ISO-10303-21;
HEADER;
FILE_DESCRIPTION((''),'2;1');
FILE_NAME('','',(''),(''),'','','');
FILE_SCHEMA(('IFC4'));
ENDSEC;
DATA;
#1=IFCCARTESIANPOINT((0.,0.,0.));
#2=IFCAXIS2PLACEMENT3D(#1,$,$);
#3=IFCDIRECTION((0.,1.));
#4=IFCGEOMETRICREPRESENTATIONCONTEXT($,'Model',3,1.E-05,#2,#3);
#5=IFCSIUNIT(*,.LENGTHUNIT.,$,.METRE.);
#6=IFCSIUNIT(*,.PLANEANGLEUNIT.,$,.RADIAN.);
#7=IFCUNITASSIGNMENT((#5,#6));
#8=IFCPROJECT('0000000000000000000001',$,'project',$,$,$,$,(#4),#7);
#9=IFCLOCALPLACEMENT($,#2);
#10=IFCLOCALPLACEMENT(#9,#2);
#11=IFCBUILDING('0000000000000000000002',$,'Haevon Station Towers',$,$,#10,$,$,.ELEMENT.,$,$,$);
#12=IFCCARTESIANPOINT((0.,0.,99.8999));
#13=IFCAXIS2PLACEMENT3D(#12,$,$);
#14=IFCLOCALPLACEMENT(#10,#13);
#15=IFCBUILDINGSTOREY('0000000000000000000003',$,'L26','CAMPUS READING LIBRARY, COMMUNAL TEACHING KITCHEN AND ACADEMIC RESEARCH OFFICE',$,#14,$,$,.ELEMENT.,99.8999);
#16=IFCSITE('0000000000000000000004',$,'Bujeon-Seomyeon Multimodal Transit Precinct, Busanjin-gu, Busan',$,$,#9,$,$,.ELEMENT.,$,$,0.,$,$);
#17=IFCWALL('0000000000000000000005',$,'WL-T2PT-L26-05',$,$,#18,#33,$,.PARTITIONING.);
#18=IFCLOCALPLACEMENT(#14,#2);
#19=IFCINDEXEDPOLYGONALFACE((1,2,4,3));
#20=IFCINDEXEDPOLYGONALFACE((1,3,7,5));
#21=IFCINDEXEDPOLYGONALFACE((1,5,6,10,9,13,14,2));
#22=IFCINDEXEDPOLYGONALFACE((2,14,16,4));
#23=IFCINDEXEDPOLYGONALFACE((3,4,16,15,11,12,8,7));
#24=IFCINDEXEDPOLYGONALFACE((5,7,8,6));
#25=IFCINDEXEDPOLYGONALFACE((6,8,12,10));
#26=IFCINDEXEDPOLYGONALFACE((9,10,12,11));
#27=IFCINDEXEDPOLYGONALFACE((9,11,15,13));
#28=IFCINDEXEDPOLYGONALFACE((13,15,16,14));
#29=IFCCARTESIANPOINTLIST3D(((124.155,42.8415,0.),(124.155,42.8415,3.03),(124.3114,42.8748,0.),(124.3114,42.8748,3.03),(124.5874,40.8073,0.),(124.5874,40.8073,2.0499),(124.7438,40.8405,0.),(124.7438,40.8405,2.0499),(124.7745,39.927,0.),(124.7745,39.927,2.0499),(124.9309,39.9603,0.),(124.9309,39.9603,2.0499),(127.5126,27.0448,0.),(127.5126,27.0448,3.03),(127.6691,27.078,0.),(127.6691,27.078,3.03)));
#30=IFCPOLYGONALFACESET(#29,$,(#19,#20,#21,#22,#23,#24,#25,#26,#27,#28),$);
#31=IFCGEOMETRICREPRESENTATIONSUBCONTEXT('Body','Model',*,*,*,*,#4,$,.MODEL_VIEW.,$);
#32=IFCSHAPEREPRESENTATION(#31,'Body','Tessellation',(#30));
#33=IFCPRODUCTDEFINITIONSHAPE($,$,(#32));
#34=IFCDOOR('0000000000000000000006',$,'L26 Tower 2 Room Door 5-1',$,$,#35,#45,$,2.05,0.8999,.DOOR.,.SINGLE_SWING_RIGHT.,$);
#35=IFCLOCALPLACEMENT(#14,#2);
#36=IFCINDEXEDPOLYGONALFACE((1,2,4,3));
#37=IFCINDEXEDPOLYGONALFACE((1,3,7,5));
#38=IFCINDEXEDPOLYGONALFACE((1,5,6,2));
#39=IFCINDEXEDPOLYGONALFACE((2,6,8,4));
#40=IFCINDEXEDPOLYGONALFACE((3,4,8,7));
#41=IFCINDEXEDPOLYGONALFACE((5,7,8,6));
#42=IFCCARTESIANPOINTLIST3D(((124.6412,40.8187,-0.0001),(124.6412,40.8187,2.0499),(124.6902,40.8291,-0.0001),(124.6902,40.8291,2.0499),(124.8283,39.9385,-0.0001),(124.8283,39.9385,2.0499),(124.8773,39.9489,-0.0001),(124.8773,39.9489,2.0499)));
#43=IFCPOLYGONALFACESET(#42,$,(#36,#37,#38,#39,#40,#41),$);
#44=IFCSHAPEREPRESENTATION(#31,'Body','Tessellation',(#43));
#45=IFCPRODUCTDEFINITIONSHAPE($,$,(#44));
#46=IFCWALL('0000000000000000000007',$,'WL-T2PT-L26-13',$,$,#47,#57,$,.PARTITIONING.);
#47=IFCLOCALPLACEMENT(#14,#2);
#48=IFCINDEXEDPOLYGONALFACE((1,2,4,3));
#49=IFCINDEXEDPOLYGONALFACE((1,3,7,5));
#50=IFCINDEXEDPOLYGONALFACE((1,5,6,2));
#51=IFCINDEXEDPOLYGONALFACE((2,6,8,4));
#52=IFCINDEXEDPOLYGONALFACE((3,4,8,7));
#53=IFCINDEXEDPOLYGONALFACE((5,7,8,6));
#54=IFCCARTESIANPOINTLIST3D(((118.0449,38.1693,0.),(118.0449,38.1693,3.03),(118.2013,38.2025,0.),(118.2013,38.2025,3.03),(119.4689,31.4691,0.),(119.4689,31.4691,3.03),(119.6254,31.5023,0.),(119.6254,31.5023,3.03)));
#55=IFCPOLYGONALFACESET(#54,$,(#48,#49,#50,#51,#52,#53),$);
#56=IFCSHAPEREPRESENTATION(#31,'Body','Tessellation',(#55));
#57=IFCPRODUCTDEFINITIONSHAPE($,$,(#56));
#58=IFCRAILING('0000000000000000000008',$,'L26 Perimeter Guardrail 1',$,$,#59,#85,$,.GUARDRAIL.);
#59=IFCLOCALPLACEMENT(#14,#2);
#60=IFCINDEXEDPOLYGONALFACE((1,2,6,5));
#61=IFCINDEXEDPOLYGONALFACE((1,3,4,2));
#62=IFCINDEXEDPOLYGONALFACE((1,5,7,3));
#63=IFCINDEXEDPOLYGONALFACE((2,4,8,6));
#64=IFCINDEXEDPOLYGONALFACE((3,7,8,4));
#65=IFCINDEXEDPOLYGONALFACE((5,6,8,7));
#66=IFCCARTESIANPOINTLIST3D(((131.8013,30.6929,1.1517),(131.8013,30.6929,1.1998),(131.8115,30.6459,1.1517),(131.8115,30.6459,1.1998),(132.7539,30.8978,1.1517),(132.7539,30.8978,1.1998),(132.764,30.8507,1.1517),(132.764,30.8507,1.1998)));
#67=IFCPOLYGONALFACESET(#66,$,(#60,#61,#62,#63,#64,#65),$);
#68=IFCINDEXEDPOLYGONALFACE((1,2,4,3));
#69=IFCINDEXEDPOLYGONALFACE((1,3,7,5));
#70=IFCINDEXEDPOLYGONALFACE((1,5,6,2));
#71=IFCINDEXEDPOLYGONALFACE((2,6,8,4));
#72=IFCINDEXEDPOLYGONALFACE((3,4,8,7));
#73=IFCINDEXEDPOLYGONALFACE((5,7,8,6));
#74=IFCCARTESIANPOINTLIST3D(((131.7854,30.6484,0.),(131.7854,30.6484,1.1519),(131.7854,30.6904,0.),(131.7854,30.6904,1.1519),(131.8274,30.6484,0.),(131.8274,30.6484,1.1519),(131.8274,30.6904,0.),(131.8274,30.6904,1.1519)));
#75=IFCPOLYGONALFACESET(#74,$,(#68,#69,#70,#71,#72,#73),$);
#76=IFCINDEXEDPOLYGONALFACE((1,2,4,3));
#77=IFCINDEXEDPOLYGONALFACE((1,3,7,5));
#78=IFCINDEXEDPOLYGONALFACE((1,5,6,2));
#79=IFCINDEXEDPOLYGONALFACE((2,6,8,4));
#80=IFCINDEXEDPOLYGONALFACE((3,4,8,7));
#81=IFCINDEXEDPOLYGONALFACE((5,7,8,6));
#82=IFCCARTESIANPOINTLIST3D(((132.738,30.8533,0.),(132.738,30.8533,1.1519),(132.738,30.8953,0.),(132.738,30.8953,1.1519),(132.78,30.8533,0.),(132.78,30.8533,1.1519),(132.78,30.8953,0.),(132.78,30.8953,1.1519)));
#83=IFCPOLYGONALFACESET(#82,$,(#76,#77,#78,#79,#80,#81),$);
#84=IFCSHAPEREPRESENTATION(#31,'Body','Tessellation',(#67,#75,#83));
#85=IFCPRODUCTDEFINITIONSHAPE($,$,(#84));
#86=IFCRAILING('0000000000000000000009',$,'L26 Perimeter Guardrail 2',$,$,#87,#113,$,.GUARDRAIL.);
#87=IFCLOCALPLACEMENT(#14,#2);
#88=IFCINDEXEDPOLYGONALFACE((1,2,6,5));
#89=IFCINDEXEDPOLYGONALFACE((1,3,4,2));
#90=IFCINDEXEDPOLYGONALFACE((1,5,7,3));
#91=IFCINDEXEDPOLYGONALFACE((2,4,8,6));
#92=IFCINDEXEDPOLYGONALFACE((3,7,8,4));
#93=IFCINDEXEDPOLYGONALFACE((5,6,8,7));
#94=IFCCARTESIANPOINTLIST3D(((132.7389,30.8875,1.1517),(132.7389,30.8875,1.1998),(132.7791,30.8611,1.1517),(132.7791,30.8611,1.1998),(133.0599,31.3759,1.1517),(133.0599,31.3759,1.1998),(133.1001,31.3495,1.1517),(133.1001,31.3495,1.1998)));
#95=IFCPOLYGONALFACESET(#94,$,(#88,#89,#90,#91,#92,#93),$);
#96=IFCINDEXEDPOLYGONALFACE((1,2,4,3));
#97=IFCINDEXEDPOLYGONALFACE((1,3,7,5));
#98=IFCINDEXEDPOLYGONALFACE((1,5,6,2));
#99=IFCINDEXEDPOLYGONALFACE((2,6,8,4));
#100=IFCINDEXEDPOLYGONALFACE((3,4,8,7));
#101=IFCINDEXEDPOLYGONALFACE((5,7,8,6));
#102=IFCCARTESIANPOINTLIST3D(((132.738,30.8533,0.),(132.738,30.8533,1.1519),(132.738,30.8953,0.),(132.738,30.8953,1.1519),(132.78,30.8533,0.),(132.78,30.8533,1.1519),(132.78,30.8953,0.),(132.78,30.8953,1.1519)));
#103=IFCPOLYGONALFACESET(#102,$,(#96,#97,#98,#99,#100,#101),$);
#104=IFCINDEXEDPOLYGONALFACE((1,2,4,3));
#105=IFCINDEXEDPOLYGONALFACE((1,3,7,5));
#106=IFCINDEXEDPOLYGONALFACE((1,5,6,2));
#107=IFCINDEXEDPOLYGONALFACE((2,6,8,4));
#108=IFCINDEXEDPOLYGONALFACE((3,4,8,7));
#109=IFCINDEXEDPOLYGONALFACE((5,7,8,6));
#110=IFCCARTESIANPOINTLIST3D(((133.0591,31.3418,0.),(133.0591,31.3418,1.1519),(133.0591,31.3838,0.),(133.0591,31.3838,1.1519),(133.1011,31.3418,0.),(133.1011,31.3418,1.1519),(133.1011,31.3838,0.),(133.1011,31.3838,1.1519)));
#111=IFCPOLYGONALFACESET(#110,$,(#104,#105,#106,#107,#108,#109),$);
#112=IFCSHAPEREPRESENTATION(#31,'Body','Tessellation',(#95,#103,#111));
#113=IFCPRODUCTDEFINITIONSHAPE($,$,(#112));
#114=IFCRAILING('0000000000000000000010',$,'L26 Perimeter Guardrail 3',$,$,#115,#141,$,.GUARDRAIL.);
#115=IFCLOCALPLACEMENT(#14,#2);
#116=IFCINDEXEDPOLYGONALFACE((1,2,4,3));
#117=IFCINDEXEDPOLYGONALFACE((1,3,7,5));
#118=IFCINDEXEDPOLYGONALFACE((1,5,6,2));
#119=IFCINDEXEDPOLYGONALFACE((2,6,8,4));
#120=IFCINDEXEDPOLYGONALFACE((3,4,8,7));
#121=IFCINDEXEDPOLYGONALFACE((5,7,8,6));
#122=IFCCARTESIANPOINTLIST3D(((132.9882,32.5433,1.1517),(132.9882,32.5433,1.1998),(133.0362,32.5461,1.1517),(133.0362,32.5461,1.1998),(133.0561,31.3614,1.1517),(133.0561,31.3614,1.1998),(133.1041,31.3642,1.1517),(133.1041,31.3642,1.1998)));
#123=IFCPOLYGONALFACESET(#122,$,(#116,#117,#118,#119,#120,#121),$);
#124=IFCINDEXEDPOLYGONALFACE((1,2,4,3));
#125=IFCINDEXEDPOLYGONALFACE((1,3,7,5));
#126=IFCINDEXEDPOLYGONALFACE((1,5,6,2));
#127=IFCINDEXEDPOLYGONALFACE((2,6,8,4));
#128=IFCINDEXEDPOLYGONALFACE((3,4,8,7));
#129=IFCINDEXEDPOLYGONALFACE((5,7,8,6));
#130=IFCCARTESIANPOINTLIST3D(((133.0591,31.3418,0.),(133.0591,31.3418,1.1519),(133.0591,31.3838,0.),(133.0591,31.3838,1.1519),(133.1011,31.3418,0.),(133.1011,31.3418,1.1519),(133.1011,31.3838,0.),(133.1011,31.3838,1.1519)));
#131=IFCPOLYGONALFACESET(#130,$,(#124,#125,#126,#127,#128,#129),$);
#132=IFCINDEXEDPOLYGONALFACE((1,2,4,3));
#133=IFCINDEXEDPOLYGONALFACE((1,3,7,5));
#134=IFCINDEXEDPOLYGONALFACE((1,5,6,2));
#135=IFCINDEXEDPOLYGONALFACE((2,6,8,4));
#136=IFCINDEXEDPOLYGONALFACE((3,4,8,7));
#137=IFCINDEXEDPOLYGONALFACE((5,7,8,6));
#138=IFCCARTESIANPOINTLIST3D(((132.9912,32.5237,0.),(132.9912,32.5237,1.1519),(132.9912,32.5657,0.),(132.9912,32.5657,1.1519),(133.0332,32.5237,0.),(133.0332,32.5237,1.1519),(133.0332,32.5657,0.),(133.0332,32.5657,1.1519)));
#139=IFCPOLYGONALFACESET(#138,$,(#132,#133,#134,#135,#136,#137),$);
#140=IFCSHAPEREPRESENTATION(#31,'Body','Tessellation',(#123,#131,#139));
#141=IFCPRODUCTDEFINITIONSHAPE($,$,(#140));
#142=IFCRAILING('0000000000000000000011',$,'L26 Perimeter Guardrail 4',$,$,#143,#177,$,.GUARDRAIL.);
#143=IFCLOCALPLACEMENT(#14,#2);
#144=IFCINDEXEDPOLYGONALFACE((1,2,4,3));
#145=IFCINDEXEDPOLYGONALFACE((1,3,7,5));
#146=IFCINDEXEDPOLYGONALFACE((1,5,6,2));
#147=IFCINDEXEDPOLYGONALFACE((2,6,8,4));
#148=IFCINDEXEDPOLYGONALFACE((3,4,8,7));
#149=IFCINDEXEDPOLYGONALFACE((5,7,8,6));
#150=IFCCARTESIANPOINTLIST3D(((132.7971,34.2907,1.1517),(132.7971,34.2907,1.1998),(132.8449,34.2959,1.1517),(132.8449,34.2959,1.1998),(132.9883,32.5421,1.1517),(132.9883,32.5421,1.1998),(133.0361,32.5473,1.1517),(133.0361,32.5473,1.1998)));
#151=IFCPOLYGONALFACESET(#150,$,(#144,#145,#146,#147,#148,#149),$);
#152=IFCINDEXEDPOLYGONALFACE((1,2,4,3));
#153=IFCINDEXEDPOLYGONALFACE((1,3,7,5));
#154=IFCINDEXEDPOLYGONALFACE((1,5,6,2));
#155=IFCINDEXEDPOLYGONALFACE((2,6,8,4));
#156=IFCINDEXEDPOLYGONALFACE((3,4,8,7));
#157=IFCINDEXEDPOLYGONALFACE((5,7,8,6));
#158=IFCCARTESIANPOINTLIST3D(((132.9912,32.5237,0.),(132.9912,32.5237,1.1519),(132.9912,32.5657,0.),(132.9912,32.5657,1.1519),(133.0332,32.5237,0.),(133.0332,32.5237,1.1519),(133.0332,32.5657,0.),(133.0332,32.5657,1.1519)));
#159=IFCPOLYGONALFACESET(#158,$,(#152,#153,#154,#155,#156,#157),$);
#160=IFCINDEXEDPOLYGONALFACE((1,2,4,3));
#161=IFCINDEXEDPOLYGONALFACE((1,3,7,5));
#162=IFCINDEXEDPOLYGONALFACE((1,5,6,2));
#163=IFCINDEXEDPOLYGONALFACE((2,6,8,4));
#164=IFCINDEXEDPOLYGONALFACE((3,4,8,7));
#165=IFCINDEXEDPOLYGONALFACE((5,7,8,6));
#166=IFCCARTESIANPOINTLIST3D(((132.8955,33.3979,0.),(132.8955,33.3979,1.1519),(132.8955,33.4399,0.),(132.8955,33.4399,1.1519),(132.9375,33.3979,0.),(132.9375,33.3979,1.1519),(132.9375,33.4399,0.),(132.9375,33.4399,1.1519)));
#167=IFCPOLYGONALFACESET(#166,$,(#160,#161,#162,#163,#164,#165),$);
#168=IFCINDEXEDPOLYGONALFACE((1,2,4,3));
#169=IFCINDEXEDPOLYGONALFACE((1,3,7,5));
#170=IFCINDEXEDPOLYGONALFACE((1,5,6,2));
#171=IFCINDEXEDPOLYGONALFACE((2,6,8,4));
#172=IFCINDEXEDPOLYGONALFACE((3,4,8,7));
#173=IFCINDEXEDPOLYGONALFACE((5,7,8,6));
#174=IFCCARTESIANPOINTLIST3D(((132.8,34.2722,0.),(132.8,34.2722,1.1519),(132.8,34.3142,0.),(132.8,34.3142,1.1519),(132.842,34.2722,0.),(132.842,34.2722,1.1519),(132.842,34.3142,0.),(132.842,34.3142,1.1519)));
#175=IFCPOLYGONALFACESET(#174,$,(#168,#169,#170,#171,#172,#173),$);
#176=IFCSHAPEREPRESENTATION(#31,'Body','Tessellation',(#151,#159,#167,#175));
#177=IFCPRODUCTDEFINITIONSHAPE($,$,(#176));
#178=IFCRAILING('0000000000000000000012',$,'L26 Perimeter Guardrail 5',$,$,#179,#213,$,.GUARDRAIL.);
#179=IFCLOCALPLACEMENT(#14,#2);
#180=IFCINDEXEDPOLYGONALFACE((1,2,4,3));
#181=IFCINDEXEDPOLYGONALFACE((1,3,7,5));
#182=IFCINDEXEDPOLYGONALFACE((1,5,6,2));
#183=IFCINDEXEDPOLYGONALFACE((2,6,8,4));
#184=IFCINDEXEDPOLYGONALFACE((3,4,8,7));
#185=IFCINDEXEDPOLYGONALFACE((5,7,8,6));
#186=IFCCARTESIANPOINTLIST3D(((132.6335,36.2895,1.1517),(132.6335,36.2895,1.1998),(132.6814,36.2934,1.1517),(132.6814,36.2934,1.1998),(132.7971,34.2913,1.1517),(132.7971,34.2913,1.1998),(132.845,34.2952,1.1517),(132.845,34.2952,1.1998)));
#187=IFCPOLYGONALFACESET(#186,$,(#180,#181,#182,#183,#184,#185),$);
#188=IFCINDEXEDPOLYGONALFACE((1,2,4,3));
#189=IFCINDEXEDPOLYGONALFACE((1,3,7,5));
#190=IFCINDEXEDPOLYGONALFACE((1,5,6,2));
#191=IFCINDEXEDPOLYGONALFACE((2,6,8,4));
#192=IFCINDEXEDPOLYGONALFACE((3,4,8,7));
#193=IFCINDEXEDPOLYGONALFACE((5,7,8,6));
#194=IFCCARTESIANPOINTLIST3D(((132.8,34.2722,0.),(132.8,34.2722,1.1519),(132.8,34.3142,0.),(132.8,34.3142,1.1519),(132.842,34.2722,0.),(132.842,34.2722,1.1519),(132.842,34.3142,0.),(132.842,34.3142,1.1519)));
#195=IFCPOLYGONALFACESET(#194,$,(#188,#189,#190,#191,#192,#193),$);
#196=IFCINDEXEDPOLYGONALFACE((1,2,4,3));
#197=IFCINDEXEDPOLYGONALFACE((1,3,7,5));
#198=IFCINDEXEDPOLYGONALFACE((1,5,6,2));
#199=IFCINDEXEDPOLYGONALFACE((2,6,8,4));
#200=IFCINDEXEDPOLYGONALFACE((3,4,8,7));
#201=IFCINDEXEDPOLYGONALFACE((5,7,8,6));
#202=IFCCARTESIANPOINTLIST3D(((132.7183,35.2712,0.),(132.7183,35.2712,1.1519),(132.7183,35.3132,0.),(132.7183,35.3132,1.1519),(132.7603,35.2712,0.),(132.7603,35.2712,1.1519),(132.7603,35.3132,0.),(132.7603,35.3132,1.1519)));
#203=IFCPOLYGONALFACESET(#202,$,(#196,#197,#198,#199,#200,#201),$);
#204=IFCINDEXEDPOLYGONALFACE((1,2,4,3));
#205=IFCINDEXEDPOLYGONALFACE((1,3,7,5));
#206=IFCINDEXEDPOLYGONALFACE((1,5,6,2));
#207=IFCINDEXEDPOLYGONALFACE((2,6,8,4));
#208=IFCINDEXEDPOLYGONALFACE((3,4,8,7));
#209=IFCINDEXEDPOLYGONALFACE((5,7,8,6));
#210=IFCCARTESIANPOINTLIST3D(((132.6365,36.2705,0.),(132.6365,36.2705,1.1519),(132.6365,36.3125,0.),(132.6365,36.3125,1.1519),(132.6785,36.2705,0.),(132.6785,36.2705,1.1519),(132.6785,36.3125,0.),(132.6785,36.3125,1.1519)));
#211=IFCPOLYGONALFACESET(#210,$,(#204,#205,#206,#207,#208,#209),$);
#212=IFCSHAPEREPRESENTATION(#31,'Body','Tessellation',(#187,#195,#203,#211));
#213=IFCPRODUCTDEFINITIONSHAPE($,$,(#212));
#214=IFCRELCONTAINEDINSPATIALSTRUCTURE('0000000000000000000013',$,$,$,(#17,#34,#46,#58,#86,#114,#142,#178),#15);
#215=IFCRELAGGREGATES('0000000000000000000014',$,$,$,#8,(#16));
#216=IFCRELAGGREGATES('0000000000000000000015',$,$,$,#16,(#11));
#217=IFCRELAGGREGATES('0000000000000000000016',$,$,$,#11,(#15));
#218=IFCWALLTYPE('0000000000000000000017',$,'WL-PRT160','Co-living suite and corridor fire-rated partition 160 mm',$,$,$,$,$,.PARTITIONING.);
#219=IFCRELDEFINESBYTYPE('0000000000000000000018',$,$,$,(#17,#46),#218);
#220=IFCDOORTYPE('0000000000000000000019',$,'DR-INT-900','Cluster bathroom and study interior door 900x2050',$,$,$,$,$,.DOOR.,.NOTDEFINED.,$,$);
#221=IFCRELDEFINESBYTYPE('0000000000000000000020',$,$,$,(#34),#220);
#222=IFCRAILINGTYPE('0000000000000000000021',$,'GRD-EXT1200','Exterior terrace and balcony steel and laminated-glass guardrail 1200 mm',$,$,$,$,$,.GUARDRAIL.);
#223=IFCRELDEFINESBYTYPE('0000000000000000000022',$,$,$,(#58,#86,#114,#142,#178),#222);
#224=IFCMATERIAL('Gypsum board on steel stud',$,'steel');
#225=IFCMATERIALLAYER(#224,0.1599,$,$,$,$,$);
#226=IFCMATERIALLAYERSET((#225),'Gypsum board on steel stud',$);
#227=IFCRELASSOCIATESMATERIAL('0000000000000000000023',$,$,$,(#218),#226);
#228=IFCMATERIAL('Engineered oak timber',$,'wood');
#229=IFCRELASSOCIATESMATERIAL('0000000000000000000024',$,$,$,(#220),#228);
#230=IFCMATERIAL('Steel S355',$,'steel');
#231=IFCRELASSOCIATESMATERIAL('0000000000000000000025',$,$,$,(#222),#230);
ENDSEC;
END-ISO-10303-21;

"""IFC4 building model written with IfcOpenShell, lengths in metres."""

from ifc_helpers import new_model, si_unit, direction, frame, frame_2d, origin, origin_2d, place, context, subcontext, project, spatial, rectangle, extrude, material, layer, layer_set, type_object, element, fill, save


model = new_model("IFC4")

# Units and contexts
model_context = context("Model", 3, precision=1e-05, world=origin(), true_north=direction((0.0, 1.0)))
body_context = subcontext(model_context, "Body", "Model", "MODEL_VIEW")
ifc_project = project(units=[si_unit("LENGTHUNIT", "METRE"), si_unit("PLANEANGLEUNIT", "RADIAN")], contexts=[model_context])

# Site, building, storey
site_placement = place(None, origin())
site = spatial("IfcSite", under=ifc_project, at=site_placement, Name="Bujeon-Seomyeon Multimodal Transit Precinct, Busanjin-gu, Busan", CompositionType="ELEMENT", RefElevation=0.0)
building_placement = place(site_placement, origin())
building = spatial("IfcBuilding", under=site, at=building_placement, Name="Haevon Station Towers", CompositionType="ELEMENT")
storey_placement = place(building_placement, frame((0.0, 0.0, 99.8999)))
storey = spatial("IfcBuildingStorey", under=building, at=storey_placement, Name="L26", Description="CAMPUS READING LIBRARY, COMMUNAL TEACHING KITCHEN AND ACADEMIC RESEARCH OFFICE", CompositionType="ELEMENT", Elevation=99.8999)

# Shared definitions
ifc_material_1 = material(Name="Steel S355", Category="steel")

# Shared definitions
ifc_material_2 = material(Name="Gypsum board on steel stud", Category="steel")

# Wall, opening, door
ifc_layer_1 = layer(ifc_material_2, 0.1599)
ifc_layer_set_1 = layer_set([ifc_layer_1], Name="Gypsum board on steel stud")
wall_type_1 = type_object("IfcWallType", Name="WL-PRT160", Description="Co-living suite and corridor fire-rated partition 160 mm", PredefinedType="PARTITIONING", material=ifc_layer_set_1)
wall_1_placement = place(storey_placement, frame((127.5908, 27.0615, 0.0), z_axis=(0.0, 0.0, 1.0), x_axis=(-0.207908, 0.978148, 0.0)))
wall_1 = element("IfcWall", 1, at=wall_1_placement, inside=storey, type_object=wall_type_1, Name="WL-T2PT-L26-05", PredefinedType="PARTITIONING", context=body_context, shape_type="SweptSolid", body=[
    extrude(rectangle(XDim=16.1497, YDim=0.1599, at=frame_2d((8.0747, 0.0))), origin(), (0.0, 0.0, 1.0), 3.03),
])
opening_1_placement = place(wall_1_placement, frame((13.1699, 0.0, 0.0)))
opening_1 = element("IfcOpeningElement", 2, at=opening_1_placement, cuts=wall_1, PredefinedType="OPENING", context=body_context, shape_type="SweptSolid", body=[
    extrude(rectangle(XDim=0.8999, YDim=2.05, at=frame_2d((0.45, 1.0249))), frame((0.0, 0.0898, 0.0), z_axis=(0.0, -1.0, 0.0), x_axis=(1.0, 0.0, 0.0)), (0.0, 0.0, 1.0), 0.1799),
])
ifc_material_3 = material(Name="Engineered oak timber", Category="wood")
door_type = type_object("IfcDoorType", Name="DR-INT-900", Description="Cluster bathroom and study interior door 900x2050", OperationType="NOTDEFINED", PredefinedType="DOOR", material=ifc_material_3)
door_placement = place(opening_1_placement, origin())
door = element("IfcDoor", 3, at=door_placement, inside=storey, type_object=door_type, Name="L26 Tower 2 Room Door 5-1", OperationType="SINGLE_SWING_RIGHT", OverallHeight=2.05, OverallWidth=0.8999, PredefinedType="DOOR", context=body_context, shape_type="SweptSolid", body=[
    extrude(rectangle(XDim=0.8999, YDim=2.05, at=frame_2d((0.45, 1.0249))), frame((0.0, 0.0249, 0.0), z_axis=(0.0, -1.0, 0.0), x_axis=(1.0, 0.0, 0.0)), (0.0, 0.0, 1.0), 0.05),
])
fill(opening_1, door)

# Wall
wall_2_placement = place(storey_placement, frame((119.5471, 31.4858, 0.0), z_axis=(0.0, 0.0, 1.0), x_axis=(-0.207898, 0.978151, 0.0)))
element("IfcWall", 4, at=wall_2_placement, inside=storey, type_object=wall_type_1, Name="WL-T2PT-L26-13", PredefinedType="PARTITIONING", context=body_context, shape_type="SweptSolid", body=[
    extrude(rectangle(XDim=6.8499, YDim=0.1599, at=frame_2d((3.4248, 0.0))), origin(), (0.0, 0.0, 1.0), 3.03),
])

# Railings
railing_type = type_object("IfcRailingType", Name="GRD-EXT1200", Description="Exterior terrace and balcony steel and laminated-glass guardrail 1200 mm", PredefinedType="GUARDRAIL", material=ifc_material_1)
railing_1_placement = place(storey_placement, frame((131.8064, 30.6694, 0.0)))
element("IfcRailing", 5, at=railing_1_placement, inside=storey, type_object=railing_type, Name="L26 Perimeter Guardrail 1", PredefinedType="GUARDRAIL", context=body_context, shape_type="SweptSolid", body=[
    extrude(rectangle(XDim=0.0481, YDim=0.0481, at=origin_2d()), frame((0.0, 0.0, 1.1758), z_axis=(0.977656, 0.210213, 0.0), x_axis=(-0.210213, 0.977656, 0.0)), (0.0, 0.0, 1.0), 0.9744),
    extrude(rectangle(XDim=0.042, YDim=0.042, at=origin_2d()), origin(), (0.0, 0.0, 1.0), 1.1519),
    extrude(rectangle(XDim=0.042, YDim=0.042, at=origin_2d()), frame((0.9526, 0.2048, 0.0)), (0.0, 0.0, 1.0), 1.1519),
])
railing_2_placement = place(storey_placement, frame((132.759, 30.8743, 0.0)))
element("IfcRailing", 6, at=railing_2_placement, inside=storey, type_object=railing_type, Name="L26 Perimeter Guardrail 2", PredefinedType="GUARDRAIL", context=body_context, shape_type="SweptSolid", body=[
    extrude(rectangle(XDim=0.0481, YDim=0.0481, at=origin_2d()), frame((0.0, 0.0, 1.1758), z_axis=(0.549195, 0.835695, 0.0), x_axis=(-0.835695, 0.549195, 0.0)), (0.0, 0.0, 1.0), 0.5845),
    extrude(rectangle(XDim=0.042, YDim=0.042, at=origin_2d()), origin(), (0.0, 0.0, 1.0), 1.1519),
    extrude(rectangle(XDim=0.042, YDim=0.042, at=origin_2d()), frame((0.321, 0.4885, 0.0)), (0.0, 0.0, 1.0), 1.1519),
])
railing_3_placement = place(storey_placement, frame((133.0801, 31.3628, 0.0)))
element("IfcRailing", 7, at=railing_3_placement, inside=storey, type_object=railing_type, Name="L26 Perimeter Guardrail 3", PredefinedType="GUARDRAIL", context=body_context, shape_type="SweptSolid", body=[
    extrude(rectangle(XDim=0.0481, YDim=0.0481, at=origin_2d()), frame((0.0, 0.0, 1.1758), z_axis=(-0.057332, 0.998355, 0.0), x_axis=(-0.998355, -0.057332, 0.0)), (0.0, 0.0, 1.0), 1.1838),
    extrude(rectangle(XDim=0.042, YDim=0.042, at=origin_2d()), origin(), (0.0, 0.0, 1.0), 1.1519),
    extrude(rectangle(XDim=0.042, YDim=0.042, at=origin_2d()), frame((-0.0679, 1.1819, 0.0)), (0.0, 0.0, 1.0), 1.1519),
])
railing_4_placement = place(storey_placement, frame((133.0122, 32.5447, 0.0)))
element("IfcRailing", 8, at=railing_4_placement, inside=storey, type_object=railing_type, Name="L26 Perimeter Guardrail 4", PredefinedType="GUARDRAIL", context=body_context, shape_type="SweptSolid", body=[
    extrude(rectangle(XDim=0.0481, YDim=0.0481, at=origin_2d()), frame((0.0, 0.0, 1.1758), z_axis=(-0.108679, 0.994077, 0.0), x_axis=(-0.994077, -0.108679, 0.0)), (0.0, 0.0, 1.0), 1.759),
    extrude(rectangle(XDim=0.042, YDim=0.042, at=origin_2d()), origin(), (0.0, 0.0, 1.0), 1.1519),
    extrude(rectangle(XDim=0.042, YDim=0.042, at=origin_2d()), frame((-0.0957, 0.8743, 0.0)), (0.0, 0.0, 1.0), 1.1519),
    extrude(rectangle(XDim=0.042, YDim=0.042, at=origin_2d()), frame((-0.1912, 1.7485, 0.0)), (0.0, 0.0, 1.0), 1.1519),
])
railing_5_placement = place(storey_placement, frame((132.821, 34.2932, 0.0)))
element("IfcRailing", 9, at=railing_5_placement, inside=storey, type_object=railing_type, Name="L26 Perimeter Guardrail 5", PredefinedType="GUARDRAIL", context=body_context, shape_type="SweptSolid", body=[
    extrude(rectangle(XDim=0.0481, YDim=0.0481, at=origin_2d()), frame((0.0, 0.0, 1.1758), z_axis=(-0.081584, 0.996666, 0.0), x_axis=(-0.996666, -0.081584, 0.0)), (0.0, 0.0, 1.0), 2.0049),
    extrude(rectangle(XDim=0.042, YDim=0.042, at=origin_2d()), origin(), (0.0, 0.0, 1.0), 1.1519),
    extrude(rectangle(XDim=0.042, YDim=0.042, at=origin_2d()), frame((-0.0818, 0.999, 0.0)), (0.0, 0.0, 1.0), 1.1519),
    extrude(rectangle(XDim=0.042, YDim=0.042, at=origin_2d()), frame((-0.1636, 1.9983, 0.0)), (0.0, 0.0, 1.0), 1.1519),
])

save(model, "model.ifc")
